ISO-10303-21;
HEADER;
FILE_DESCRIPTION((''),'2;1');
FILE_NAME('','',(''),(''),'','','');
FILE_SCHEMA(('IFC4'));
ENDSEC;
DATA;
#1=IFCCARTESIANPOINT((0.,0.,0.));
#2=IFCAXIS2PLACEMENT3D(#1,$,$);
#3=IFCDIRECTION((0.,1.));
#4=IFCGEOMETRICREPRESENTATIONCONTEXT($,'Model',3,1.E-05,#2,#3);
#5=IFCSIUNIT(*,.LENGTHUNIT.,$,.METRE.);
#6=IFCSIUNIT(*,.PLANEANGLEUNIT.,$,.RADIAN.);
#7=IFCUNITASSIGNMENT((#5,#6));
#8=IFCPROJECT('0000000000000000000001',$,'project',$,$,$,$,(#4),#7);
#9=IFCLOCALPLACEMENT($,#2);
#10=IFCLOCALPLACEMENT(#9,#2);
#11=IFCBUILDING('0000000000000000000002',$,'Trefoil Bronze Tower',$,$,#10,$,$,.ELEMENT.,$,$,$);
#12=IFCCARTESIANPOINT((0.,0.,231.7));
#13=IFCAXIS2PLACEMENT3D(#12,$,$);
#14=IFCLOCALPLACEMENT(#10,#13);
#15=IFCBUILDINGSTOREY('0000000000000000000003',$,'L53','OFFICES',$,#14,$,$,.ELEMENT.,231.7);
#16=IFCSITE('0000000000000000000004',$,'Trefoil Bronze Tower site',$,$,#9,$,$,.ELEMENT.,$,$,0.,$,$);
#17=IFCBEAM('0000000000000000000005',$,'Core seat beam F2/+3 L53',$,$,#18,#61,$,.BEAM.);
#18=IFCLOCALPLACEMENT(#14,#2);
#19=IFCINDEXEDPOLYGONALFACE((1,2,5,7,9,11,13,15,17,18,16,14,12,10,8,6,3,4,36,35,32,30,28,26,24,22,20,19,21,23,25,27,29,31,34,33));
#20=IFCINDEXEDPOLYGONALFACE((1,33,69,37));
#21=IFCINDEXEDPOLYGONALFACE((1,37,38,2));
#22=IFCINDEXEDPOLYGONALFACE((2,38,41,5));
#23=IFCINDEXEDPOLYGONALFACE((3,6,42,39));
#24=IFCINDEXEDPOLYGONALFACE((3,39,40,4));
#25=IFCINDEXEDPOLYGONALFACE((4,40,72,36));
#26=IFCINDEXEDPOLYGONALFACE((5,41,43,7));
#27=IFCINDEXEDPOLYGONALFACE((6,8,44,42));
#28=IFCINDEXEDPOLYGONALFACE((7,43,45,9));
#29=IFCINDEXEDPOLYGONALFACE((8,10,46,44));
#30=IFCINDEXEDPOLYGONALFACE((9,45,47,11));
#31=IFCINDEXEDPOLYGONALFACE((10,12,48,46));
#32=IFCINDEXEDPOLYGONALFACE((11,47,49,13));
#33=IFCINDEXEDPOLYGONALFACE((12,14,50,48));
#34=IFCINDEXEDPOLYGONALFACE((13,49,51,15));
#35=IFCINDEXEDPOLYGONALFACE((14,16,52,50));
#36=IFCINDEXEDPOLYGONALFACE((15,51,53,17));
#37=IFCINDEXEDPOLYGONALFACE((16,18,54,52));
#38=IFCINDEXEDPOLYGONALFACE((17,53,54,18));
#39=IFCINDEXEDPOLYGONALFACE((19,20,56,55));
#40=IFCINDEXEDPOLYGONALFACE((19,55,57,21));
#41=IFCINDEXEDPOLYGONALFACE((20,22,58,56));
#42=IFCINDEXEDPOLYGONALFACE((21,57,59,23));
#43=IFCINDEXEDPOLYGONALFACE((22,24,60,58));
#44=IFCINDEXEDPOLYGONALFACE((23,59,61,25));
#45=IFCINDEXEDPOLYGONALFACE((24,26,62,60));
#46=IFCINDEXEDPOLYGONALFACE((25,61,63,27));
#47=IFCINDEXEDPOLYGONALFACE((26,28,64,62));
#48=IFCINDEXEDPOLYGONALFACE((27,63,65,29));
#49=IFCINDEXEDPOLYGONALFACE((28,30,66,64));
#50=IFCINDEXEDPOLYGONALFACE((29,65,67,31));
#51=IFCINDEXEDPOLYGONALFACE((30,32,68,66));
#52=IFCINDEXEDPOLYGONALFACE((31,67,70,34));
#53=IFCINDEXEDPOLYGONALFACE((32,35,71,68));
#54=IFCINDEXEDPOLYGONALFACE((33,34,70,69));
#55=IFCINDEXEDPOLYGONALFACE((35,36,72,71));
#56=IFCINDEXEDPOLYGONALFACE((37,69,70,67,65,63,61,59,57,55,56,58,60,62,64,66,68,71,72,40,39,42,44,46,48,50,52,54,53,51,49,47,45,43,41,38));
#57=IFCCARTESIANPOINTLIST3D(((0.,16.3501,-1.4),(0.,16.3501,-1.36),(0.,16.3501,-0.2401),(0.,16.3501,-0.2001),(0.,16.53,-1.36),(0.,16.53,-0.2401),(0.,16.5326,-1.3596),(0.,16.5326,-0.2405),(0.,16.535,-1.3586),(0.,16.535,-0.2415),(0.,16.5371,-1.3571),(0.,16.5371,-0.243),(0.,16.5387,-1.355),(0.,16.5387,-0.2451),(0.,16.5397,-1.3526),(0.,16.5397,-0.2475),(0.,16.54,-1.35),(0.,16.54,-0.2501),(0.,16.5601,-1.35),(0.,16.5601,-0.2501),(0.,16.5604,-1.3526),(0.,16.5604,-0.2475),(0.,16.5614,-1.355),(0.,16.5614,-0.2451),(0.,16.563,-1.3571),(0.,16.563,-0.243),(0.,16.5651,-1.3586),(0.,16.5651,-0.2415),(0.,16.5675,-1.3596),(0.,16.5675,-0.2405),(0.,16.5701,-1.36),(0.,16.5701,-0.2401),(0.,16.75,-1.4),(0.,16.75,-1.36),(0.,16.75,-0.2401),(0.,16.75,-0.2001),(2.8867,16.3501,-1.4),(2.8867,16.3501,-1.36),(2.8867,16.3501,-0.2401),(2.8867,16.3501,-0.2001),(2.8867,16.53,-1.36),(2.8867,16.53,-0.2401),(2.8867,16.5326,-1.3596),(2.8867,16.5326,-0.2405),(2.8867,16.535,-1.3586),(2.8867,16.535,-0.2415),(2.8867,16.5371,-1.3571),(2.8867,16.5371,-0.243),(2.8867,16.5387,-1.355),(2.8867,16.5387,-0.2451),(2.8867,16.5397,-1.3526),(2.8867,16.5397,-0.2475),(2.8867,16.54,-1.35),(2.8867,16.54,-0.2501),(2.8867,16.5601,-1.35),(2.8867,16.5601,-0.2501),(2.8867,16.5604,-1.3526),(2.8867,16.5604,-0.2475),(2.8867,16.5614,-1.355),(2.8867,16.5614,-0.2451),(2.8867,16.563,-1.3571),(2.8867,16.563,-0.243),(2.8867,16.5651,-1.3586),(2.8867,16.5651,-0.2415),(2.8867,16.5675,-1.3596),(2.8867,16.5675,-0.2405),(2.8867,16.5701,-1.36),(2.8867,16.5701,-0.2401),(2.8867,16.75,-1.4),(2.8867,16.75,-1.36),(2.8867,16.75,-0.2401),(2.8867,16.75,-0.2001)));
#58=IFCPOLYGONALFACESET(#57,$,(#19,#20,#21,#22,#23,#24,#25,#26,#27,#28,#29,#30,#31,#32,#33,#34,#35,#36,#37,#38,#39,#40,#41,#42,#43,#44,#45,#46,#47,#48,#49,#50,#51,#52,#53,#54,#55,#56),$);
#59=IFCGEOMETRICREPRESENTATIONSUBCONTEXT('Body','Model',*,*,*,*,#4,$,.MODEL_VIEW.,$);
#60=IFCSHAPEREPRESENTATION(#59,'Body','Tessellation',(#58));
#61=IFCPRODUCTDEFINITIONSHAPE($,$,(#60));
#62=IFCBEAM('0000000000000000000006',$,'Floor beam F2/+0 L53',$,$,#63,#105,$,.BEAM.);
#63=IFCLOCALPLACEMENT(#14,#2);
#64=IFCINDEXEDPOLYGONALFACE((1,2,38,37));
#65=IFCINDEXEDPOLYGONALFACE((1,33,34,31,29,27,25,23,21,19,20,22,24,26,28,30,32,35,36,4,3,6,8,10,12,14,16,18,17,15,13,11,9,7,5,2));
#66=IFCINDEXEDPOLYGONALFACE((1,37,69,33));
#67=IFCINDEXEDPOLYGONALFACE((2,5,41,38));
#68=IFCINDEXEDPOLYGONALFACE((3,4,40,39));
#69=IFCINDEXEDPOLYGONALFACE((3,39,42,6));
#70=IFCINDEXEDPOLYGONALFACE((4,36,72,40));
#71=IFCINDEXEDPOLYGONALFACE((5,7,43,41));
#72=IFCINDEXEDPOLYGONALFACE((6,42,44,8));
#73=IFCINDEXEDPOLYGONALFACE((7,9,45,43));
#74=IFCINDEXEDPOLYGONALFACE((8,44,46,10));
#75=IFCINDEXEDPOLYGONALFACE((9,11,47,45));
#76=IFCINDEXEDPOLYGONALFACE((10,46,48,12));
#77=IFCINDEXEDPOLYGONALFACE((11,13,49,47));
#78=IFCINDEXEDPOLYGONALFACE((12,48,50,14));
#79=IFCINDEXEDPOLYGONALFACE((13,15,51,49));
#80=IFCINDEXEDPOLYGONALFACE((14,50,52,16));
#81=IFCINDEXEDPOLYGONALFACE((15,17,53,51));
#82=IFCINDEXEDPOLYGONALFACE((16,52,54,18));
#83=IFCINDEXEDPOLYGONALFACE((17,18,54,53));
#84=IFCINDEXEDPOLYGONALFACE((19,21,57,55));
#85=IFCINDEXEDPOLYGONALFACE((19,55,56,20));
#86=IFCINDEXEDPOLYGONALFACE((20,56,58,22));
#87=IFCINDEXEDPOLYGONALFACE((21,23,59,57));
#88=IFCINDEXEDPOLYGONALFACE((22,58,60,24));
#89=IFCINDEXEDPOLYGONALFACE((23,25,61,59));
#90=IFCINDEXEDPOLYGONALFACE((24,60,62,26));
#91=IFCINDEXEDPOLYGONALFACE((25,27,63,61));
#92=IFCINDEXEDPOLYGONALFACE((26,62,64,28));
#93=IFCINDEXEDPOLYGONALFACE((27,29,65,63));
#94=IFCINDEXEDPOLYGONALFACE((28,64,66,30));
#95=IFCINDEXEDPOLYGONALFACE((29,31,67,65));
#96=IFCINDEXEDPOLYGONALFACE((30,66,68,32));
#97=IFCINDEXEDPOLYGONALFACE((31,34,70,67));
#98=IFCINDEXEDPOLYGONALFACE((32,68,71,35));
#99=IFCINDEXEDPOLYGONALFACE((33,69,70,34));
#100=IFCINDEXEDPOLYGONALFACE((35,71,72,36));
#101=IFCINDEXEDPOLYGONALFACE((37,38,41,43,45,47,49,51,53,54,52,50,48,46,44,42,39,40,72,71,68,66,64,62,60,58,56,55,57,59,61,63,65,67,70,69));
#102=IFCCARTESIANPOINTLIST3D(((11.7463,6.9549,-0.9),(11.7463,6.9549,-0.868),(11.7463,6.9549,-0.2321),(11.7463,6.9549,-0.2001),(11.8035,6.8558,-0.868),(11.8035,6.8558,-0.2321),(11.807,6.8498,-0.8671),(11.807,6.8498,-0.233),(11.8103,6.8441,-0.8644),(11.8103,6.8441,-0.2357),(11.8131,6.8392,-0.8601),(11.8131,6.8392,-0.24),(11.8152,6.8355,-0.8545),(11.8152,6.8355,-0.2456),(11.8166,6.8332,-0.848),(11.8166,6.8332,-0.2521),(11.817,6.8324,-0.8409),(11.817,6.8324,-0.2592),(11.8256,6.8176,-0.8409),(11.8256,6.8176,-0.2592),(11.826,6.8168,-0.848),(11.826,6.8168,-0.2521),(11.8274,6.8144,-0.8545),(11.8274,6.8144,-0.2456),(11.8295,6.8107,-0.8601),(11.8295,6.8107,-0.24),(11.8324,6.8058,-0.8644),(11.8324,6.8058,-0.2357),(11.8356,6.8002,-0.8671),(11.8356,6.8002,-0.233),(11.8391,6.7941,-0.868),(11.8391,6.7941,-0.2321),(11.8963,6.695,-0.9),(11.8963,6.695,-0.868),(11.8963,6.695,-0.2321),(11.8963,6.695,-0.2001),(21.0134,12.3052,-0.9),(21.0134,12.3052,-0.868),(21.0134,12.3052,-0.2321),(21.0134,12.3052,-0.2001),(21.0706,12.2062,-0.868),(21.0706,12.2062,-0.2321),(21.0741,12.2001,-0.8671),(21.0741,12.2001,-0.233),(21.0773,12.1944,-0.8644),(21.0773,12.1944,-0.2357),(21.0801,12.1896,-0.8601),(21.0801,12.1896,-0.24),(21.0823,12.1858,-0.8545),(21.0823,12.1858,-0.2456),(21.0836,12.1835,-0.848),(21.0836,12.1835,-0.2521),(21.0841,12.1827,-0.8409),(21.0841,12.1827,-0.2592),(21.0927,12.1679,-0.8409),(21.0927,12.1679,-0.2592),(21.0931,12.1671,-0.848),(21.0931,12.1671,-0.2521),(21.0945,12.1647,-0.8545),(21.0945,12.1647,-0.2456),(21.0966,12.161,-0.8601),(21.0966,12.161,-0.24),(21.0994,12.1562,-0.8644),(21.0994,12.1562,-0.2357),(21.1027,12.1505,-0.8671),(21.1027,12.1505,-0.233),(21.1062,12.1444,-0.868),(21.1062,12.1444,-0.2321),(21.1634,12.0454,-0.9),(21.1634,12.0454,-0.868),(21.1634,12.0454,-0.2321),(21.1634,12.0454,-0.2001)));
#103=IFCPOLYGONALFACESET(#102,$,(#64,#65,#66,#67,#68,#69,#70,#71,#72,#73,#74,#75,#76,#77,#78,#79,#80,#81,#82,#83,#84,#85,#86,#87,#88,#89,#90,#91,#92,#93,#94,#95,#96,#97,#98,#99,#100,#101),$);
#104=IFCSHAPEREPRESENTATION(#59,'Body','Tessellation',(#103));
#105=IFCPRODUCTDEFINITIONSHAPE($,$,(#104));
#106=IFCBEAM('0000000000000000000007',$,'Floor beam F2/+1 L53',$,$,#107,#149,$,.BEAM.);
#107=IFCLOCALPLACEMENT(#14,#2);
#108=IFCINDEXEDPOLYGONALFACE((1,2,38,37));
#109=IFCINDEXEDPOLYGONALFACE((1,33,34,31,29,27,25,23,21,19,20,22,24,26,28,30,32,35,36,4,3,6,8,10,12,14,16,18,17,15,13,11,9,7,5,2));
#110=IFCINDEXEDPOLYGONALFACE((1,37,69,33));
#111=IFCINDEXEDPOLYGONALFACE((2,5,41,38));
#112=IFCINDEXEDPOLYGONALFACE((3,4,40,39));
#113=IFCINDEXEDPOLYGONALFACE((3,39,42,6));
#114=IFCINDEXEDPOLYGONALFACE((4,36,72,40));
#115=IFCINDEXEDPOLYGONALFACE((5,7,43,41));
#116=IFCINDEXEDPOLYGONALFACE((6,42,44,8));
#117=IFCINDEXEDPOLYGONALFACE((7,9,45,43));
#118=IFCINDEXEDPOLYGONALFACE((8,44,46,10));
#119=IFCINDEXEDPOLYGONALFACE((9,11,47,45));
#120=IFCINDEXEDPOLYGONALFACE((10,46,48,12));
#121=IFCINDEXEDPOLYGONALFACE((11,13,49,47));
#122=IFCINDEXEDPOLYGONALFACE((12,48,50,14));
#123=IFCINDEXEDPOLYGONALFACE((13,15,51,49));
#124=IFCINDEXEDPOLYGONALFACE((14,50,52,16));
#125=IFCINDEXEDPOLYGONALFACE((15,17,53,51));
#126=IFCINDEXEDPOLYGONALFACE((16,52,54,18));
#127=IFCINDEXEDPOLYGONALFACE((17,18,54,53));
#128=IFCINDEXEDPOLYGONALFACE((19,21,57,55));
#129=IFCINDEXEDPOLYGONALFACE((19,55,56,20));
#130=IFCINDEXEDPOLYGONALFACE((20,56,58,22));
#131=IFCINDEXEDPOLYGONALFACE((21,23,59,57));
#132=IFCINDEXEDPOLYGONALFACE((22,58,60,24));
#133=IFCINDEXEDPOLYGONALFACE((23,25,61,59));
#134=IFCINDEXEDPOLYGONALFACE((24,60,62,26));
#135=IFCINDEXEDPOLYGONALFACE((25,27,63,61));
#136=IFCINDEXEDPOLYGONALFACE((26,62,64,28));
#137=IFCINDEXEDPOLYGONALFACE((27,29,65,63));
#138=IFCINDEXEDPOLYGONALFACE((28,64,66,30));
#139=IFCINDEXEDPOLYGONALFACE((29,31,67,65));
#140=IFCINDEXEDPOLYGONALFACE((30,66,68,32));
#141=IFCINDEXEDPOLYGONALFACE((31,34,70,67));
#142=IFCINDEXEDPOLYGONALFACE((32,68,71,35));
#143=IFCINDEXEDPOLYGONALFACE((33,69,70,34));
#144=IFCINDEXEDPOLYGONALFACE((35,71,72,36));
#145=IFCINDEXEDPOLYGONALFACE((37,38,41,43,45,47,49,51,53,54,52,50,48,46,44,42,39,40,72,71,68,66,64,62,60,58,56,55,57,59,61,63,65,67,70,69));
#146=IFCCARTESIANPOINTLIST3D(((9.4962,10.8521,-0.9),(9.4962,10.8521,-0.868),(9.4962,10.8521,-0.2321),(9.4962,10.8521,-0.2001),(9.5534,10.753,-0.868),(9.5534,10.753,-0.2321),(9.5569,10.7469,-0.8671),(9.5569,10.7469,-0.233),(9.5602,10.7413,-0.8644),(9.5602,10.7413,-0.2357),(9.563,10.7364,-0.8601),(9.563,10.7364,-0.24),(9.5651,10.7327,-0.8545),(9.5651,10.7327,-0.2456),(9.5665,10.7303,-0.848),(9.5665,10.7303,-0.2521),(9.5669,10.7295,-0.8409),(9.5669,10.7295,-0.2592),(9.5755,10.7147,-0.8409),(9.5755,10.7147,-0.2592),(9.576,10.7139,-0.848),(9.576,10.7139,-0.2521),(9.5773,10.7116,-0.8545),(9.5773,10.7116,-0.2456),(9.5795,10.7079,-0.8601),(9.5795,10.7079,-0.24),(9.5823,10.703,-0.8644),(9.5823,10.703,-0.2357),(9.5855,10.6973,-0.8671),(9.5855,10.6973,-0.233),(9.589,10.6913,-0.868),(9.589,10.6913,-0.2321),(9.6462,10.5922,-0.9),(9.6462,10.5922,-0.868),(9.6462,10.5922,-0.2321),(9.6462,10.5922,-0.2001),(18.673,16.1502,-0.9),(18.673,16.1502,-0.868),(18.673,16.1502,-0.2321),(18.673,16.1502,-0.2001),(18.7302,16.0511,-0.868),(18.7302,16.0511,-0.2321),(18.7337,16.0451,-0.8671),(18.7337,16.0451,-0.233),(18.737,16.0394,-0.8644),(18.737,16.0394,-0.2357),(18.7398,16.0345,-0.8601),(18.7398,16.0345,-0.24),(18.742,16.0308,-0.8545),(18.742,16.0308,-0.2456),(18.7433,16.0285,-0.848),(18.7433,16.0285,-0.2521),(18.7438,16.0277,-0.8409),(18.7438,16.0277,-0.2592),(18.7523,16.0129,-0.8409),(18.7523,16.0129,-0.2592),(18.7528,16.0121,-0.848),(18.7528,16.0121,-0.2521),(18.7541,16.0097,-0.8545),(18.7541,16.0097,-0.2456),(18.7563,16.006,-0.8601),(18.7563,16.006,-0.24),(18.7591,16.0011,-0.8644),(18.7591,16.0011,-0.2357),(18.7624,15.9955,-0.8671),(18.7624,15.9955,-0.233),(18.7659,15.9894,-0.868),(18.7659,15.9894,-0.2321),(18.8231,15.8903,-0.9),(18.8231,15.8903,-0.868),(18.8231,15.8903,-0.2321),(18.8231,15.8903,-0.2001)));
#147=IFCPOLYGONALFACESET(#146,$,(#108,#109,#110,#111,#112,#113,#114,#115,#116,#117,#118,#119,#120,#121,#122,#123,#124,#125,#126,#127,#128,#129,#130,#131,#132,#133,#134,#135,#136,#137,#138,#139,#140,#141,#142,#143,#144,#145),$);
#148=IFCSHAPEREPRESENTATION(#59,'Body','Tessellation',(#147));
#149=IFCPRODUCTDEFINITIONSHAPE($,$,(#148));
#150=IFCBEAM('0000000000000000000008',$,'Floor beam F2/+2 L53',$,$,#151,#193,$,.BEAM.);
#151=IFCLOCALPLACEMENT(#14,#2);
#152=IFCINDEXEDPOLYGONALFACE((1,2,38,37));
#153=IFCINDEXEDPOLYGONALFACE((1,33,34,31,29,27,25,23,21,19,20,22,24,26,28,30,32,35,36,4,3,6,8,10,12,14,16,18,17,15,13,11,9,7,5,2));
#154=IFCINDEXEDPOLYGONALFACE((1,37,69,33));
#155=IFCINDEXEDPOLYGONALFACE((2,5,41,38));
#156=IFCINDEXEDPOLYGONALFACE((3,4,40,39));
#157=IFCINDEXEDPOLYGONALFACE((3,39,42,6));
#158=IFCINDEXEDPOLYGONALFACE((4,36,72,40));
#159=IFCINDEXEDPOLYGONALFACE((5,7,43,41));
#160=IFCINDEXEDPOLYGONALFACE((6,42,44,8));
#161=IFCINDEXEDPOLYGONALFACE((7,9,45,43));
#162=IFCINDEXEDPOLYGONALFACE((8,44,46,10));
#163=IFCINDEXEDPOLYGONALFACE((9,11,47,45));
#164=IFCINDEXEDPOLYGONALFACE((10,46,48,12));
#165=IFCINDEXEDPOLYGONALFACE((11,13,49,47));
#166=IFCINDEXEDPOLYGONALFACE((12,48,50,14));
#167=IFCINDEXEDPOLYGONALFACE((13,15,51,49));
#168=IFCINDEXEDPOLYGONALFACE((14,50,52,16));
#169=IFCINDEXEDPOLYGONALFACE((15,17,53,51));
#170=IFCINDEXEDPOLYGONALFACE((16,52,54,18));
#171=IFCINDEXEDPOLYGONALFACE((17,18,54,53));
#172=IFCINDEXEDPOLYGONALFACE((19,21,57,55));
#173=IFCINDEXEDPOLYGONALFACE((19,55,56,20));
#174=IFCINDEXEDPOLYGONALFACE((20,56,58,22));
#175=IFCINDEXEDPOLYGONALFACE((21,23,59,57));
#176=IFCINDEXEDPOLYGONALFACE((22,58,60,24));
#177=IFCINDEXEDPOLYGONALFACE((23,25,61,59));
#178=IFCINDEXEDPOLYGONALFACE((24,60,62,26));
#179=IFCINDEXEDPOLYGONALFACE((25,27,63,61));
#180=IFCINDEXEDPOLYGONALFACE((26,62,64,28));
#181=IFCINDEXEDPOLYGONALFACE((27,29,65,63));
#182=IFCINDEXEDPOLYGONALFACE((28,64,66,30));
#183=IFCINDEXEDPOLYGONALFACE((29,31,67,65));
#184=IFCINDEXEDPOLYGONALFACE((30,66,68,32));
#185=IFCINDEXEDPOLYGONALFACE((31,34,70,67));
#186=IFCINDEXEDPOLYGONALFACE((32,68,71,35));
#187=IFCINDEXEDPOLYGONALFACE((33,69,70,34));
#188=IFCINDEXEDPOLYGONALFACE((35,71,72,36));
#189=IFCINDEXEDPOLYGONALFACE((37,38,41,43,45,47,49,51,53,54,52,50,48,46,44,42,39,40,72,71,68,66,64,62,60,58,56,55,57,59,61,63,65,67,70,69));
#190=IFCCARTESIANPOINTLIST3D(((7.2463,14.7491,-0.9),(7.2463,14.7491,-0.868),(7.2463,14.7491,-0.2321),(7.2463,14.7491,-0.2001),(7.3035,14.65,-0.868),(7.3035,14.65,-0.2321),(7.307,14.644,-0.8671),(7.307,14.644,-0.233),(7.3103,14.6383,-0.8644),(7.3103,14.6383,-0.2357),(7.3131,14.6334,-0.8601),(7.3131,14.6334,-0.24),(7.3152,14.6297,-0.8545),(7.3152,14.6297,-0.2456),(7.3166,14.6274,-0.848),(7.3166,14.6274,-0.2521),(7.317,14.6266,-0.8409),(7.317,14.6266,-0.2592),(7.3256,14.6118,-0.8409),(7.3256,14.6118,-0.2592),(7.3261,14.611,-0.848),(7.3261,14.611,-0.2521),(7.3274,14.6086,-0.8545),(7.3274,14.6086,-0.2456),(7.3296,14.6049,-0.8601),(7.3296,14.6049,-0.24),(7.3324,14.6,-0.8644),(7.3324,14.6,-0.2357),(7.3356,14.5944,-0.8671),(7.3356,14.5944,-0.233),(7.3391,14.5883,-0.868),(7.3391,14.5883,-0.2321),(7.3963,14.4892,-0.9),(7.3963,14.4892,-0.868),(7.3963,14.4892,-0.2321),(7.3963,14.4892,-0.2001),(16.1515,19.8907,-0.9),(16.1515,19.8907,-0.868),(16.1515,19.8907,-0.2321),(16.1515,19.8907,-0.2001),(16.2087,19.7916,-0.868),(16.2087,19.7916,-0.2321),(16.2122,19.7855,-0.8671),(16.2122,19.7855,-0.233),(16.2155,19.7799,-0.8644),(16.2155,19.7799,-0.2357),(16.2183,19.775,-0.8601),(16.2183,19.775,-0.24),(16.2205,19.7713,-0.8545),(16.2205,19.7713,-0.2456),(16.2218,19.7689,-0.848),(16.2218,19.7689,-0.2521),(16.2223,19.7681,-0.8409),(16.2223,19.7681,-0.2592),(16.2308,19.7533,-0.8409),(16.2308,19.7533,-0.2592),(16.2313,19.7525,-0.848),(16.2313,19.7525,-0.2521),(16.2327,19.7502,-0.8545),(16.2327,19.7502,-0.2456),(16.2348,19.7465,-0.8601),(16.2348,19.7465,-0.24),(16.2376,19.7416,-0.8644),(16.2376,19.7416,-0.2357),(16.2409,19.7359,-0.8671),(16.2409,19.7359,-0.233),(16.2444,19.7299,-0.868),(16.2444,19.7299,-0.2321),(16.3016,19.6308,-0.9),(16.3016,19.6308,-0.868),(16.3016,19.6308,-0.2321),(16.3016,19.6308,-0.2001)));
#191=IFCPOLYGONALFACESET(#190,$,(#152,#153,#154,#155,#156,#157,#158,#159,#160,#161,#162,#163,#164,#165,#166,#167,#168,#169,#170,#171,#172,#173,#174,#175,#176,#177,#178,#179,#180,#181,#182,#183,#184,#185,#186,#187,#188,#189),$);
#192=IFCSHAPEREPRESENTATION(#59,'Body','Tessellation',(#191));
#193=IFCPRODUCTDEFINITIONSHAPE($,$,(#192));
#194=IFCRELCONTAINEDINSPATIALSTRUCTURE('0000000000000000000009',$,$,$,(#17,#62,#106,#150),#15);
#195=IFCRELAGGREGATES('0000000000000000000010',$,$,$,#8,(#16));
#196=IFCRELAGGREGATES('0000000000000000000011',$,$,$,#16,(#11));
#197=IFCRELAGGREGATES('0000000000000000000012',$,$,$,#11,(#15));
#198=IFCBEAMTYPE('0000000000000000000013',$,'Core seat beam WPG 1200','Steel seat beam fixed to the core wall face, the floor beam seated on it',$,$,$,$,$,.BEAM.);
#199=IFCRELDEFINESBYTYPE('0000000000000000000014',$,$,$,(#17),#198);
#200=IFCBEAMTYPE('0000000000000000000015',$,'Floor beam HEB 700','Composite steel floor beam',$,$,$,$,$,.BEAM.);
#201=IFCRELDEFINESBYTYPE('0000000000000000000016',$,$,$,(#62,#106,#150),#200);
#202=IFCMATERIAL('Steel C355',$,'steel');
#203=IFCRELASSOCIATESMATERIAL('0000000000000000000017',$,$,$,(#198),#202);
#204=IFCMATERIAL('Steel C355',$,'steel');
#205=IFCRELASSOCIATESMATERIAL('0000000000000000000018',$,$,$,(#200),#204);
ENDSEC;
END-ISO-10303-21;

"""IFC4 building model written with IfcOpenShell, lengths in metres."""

from ifc_helpers import new_model, si_unit, direction, frame, origin, origin_2d, place, context, subcontext, project, spatial, i_section, extrude, material, material_profile, profile_set, type_object, element, save


model = new_model("IFC4")

# Units and contexts
model_context = context("Model", 3, precision=1e-05, world=origin(), true_north=direction((0.0, 1.0)))
body_context = subcontext(model_context, "Body", "Model", "MODEL_VIEW")
ifc_project = project(units=[si_unit("LENGTHUNIT", "METRE"), si_unit("PLANEANGLEUNIT", "RADIAN")], contexts=[model_context])

# Site, building, storey
site_placement = place(None, origin())
site = spatial("IfcSite", under=ifc_project, at=site_placement, Name="Trefoil Bronze Tower site", CompositionType="ELEMENT", RefElevation=0.0)
building_placement = place(site_placement, origin())
building = spatial("IfcBuilding", under=site, at=building_placement, Name="Trefoil Bronze Tower", CompositionType="ELEMENT")
storey_placement = place(building_placement, frame((0.0, 0.0, 231.7)))
storey = spatial("IfcBuildingStorey", under=building, at=storey_placement, Name="L53", Description="OFFICES", CompositionType="ELEMENT", Elevation=231.7)

# Beams
ifc_material_1 = material(Name="Steel C355", Category="steel")
ifc_material_profile_1 = material_profile(ifc_material_1, i_section(OverallWidth=0.3999, OverallDepth=1.2, WebThickness=0.02, FlangeThickness=0.04, FilletRadius=0.01, at=origin_2d()), Name="WPG 1200")
ifc_profile_set_1 = profile_set([ifc_material_profile_1], Name="Steel C355")
beam_type_1 = type_object("IfcBeamType", Name="Core seat beam WPG 1200", Description="Steel seat beam fixed to the core wall face, the floor beam seated on it", PredefinedType="BEAM", material=ifc_profile_set_1)
beam_1_placement = place(storey_placement, frame((2.8867, 16.55, -0.8), z_axis=(-1.0, 0.0, 0.0), x_axis=(0.0, -1.0, 0.0)))
element("IfcBeam", 1, at=beam_1_placement, inside=storey, type_object=beam_type_1, Name="Core seat beam F2/+3 L53", PredefinedType="BEAM", context=body_context, shape_type="SweptSolid", body=[
    extrude(i_section(OverallWidth=0.3999, OverallDepth=1.2, WebThickness=0.02, FlangeThickness=0.04, FilletRadius=0.01, at=origin_2d()), origin(), (0.0, 0.0, 1.0), 2.8867),
])
ifc_material_2 = material(Name="Steel C355", Category="steel")
ifc_material_profile_2 = material_profile(ifc_material_2, i_section(OverallWidth=0.3, OverallDepth=0.7, WebThickness=0.0171, FlangeThickness=0.032, FilletRadius=0.0271, at=origin_2d()), Name="HEB 700")
ifc_profile_set_2 = profile_set([ifc_material_profile_2], Name="Steel C355")
beam_type_2 = type_object("IfcBeamType", Name="Floor beam HEB 700", Description="Composite steel floor beam", PredefinedType="BEAM", material=ifc_profile_set_2)
beam_2_placement = place(storey_placement, frame((21.0884, 12.1753, -0.55), z_axis=(-0.866026, -0.499999, 0.0), x_axis=(0.499999, -0.866026, 0.0)))
element("IfcBeam", 2, at=beam_2_placement, inside=storey, type_object=beam_type_2, Name="Floor beam F2/+0 L53", PredefinedType="BEAM", context=body_context, shape_type="SweptSolid", body=[
    extrude(i_section(OverallWidth=0.3, OverallDepth=0.7, WebThickness=0.0171, FlangeThickness=0.032, FilletRadius=0.0271, at=origin_2d()), origin(), (0.0, 0.0, 1.0), 10.7007),
])
beam_3_placement = place(storey_placement, frame((18.748, 16.0203, -0.55), z_axis=(-0.86603, -0.499992, 0.0), x_axis=(0.499992, -0.86603, 0.0)))
element("IfcBeam", 3, at=beam_3_placement, inside=storey, type_object=beam_type_2, Name="Floor beam F2/+1 L53", PredefinedType="BEAM", context=body_context, shape_type="SweptSolid", body=[
    extrude(i_section(OverallWidth=0.3, OverallDepth=0.7, WebThickness=0.0171, FlangeThickness=0.032, FilletRadius=0.0271, at=origin_2d()), origin(), (0.0, 0.0, 1.0), 10.5964),
])
beam_4_placement = place(storey_placement, frame((16.2266, 19.7607, -0.55), z_axis=(-0.86602, -0.50001, 0.0), x_axis=(0.50001, -0.86602, 0.0)))
element("IfcBeam", 4, at=beam_4_placement, inside=storey, type_object=beam_type_2, Name="Floor beam F2/+2 L53", PredefinedType="BEAM", context=body_context, shape_type="SweptSolid", body=[
    extrude(i_section(OverallWidth=0.3, OverallDepth=0.7, WebThickness=0.0171, FlangeThickness=0.032, FilletRadius=0.0271, at=origin_2d()), origin(), (0.0, 0.0, 1.0), 10.283),
])

save(model, "model.ifc")
